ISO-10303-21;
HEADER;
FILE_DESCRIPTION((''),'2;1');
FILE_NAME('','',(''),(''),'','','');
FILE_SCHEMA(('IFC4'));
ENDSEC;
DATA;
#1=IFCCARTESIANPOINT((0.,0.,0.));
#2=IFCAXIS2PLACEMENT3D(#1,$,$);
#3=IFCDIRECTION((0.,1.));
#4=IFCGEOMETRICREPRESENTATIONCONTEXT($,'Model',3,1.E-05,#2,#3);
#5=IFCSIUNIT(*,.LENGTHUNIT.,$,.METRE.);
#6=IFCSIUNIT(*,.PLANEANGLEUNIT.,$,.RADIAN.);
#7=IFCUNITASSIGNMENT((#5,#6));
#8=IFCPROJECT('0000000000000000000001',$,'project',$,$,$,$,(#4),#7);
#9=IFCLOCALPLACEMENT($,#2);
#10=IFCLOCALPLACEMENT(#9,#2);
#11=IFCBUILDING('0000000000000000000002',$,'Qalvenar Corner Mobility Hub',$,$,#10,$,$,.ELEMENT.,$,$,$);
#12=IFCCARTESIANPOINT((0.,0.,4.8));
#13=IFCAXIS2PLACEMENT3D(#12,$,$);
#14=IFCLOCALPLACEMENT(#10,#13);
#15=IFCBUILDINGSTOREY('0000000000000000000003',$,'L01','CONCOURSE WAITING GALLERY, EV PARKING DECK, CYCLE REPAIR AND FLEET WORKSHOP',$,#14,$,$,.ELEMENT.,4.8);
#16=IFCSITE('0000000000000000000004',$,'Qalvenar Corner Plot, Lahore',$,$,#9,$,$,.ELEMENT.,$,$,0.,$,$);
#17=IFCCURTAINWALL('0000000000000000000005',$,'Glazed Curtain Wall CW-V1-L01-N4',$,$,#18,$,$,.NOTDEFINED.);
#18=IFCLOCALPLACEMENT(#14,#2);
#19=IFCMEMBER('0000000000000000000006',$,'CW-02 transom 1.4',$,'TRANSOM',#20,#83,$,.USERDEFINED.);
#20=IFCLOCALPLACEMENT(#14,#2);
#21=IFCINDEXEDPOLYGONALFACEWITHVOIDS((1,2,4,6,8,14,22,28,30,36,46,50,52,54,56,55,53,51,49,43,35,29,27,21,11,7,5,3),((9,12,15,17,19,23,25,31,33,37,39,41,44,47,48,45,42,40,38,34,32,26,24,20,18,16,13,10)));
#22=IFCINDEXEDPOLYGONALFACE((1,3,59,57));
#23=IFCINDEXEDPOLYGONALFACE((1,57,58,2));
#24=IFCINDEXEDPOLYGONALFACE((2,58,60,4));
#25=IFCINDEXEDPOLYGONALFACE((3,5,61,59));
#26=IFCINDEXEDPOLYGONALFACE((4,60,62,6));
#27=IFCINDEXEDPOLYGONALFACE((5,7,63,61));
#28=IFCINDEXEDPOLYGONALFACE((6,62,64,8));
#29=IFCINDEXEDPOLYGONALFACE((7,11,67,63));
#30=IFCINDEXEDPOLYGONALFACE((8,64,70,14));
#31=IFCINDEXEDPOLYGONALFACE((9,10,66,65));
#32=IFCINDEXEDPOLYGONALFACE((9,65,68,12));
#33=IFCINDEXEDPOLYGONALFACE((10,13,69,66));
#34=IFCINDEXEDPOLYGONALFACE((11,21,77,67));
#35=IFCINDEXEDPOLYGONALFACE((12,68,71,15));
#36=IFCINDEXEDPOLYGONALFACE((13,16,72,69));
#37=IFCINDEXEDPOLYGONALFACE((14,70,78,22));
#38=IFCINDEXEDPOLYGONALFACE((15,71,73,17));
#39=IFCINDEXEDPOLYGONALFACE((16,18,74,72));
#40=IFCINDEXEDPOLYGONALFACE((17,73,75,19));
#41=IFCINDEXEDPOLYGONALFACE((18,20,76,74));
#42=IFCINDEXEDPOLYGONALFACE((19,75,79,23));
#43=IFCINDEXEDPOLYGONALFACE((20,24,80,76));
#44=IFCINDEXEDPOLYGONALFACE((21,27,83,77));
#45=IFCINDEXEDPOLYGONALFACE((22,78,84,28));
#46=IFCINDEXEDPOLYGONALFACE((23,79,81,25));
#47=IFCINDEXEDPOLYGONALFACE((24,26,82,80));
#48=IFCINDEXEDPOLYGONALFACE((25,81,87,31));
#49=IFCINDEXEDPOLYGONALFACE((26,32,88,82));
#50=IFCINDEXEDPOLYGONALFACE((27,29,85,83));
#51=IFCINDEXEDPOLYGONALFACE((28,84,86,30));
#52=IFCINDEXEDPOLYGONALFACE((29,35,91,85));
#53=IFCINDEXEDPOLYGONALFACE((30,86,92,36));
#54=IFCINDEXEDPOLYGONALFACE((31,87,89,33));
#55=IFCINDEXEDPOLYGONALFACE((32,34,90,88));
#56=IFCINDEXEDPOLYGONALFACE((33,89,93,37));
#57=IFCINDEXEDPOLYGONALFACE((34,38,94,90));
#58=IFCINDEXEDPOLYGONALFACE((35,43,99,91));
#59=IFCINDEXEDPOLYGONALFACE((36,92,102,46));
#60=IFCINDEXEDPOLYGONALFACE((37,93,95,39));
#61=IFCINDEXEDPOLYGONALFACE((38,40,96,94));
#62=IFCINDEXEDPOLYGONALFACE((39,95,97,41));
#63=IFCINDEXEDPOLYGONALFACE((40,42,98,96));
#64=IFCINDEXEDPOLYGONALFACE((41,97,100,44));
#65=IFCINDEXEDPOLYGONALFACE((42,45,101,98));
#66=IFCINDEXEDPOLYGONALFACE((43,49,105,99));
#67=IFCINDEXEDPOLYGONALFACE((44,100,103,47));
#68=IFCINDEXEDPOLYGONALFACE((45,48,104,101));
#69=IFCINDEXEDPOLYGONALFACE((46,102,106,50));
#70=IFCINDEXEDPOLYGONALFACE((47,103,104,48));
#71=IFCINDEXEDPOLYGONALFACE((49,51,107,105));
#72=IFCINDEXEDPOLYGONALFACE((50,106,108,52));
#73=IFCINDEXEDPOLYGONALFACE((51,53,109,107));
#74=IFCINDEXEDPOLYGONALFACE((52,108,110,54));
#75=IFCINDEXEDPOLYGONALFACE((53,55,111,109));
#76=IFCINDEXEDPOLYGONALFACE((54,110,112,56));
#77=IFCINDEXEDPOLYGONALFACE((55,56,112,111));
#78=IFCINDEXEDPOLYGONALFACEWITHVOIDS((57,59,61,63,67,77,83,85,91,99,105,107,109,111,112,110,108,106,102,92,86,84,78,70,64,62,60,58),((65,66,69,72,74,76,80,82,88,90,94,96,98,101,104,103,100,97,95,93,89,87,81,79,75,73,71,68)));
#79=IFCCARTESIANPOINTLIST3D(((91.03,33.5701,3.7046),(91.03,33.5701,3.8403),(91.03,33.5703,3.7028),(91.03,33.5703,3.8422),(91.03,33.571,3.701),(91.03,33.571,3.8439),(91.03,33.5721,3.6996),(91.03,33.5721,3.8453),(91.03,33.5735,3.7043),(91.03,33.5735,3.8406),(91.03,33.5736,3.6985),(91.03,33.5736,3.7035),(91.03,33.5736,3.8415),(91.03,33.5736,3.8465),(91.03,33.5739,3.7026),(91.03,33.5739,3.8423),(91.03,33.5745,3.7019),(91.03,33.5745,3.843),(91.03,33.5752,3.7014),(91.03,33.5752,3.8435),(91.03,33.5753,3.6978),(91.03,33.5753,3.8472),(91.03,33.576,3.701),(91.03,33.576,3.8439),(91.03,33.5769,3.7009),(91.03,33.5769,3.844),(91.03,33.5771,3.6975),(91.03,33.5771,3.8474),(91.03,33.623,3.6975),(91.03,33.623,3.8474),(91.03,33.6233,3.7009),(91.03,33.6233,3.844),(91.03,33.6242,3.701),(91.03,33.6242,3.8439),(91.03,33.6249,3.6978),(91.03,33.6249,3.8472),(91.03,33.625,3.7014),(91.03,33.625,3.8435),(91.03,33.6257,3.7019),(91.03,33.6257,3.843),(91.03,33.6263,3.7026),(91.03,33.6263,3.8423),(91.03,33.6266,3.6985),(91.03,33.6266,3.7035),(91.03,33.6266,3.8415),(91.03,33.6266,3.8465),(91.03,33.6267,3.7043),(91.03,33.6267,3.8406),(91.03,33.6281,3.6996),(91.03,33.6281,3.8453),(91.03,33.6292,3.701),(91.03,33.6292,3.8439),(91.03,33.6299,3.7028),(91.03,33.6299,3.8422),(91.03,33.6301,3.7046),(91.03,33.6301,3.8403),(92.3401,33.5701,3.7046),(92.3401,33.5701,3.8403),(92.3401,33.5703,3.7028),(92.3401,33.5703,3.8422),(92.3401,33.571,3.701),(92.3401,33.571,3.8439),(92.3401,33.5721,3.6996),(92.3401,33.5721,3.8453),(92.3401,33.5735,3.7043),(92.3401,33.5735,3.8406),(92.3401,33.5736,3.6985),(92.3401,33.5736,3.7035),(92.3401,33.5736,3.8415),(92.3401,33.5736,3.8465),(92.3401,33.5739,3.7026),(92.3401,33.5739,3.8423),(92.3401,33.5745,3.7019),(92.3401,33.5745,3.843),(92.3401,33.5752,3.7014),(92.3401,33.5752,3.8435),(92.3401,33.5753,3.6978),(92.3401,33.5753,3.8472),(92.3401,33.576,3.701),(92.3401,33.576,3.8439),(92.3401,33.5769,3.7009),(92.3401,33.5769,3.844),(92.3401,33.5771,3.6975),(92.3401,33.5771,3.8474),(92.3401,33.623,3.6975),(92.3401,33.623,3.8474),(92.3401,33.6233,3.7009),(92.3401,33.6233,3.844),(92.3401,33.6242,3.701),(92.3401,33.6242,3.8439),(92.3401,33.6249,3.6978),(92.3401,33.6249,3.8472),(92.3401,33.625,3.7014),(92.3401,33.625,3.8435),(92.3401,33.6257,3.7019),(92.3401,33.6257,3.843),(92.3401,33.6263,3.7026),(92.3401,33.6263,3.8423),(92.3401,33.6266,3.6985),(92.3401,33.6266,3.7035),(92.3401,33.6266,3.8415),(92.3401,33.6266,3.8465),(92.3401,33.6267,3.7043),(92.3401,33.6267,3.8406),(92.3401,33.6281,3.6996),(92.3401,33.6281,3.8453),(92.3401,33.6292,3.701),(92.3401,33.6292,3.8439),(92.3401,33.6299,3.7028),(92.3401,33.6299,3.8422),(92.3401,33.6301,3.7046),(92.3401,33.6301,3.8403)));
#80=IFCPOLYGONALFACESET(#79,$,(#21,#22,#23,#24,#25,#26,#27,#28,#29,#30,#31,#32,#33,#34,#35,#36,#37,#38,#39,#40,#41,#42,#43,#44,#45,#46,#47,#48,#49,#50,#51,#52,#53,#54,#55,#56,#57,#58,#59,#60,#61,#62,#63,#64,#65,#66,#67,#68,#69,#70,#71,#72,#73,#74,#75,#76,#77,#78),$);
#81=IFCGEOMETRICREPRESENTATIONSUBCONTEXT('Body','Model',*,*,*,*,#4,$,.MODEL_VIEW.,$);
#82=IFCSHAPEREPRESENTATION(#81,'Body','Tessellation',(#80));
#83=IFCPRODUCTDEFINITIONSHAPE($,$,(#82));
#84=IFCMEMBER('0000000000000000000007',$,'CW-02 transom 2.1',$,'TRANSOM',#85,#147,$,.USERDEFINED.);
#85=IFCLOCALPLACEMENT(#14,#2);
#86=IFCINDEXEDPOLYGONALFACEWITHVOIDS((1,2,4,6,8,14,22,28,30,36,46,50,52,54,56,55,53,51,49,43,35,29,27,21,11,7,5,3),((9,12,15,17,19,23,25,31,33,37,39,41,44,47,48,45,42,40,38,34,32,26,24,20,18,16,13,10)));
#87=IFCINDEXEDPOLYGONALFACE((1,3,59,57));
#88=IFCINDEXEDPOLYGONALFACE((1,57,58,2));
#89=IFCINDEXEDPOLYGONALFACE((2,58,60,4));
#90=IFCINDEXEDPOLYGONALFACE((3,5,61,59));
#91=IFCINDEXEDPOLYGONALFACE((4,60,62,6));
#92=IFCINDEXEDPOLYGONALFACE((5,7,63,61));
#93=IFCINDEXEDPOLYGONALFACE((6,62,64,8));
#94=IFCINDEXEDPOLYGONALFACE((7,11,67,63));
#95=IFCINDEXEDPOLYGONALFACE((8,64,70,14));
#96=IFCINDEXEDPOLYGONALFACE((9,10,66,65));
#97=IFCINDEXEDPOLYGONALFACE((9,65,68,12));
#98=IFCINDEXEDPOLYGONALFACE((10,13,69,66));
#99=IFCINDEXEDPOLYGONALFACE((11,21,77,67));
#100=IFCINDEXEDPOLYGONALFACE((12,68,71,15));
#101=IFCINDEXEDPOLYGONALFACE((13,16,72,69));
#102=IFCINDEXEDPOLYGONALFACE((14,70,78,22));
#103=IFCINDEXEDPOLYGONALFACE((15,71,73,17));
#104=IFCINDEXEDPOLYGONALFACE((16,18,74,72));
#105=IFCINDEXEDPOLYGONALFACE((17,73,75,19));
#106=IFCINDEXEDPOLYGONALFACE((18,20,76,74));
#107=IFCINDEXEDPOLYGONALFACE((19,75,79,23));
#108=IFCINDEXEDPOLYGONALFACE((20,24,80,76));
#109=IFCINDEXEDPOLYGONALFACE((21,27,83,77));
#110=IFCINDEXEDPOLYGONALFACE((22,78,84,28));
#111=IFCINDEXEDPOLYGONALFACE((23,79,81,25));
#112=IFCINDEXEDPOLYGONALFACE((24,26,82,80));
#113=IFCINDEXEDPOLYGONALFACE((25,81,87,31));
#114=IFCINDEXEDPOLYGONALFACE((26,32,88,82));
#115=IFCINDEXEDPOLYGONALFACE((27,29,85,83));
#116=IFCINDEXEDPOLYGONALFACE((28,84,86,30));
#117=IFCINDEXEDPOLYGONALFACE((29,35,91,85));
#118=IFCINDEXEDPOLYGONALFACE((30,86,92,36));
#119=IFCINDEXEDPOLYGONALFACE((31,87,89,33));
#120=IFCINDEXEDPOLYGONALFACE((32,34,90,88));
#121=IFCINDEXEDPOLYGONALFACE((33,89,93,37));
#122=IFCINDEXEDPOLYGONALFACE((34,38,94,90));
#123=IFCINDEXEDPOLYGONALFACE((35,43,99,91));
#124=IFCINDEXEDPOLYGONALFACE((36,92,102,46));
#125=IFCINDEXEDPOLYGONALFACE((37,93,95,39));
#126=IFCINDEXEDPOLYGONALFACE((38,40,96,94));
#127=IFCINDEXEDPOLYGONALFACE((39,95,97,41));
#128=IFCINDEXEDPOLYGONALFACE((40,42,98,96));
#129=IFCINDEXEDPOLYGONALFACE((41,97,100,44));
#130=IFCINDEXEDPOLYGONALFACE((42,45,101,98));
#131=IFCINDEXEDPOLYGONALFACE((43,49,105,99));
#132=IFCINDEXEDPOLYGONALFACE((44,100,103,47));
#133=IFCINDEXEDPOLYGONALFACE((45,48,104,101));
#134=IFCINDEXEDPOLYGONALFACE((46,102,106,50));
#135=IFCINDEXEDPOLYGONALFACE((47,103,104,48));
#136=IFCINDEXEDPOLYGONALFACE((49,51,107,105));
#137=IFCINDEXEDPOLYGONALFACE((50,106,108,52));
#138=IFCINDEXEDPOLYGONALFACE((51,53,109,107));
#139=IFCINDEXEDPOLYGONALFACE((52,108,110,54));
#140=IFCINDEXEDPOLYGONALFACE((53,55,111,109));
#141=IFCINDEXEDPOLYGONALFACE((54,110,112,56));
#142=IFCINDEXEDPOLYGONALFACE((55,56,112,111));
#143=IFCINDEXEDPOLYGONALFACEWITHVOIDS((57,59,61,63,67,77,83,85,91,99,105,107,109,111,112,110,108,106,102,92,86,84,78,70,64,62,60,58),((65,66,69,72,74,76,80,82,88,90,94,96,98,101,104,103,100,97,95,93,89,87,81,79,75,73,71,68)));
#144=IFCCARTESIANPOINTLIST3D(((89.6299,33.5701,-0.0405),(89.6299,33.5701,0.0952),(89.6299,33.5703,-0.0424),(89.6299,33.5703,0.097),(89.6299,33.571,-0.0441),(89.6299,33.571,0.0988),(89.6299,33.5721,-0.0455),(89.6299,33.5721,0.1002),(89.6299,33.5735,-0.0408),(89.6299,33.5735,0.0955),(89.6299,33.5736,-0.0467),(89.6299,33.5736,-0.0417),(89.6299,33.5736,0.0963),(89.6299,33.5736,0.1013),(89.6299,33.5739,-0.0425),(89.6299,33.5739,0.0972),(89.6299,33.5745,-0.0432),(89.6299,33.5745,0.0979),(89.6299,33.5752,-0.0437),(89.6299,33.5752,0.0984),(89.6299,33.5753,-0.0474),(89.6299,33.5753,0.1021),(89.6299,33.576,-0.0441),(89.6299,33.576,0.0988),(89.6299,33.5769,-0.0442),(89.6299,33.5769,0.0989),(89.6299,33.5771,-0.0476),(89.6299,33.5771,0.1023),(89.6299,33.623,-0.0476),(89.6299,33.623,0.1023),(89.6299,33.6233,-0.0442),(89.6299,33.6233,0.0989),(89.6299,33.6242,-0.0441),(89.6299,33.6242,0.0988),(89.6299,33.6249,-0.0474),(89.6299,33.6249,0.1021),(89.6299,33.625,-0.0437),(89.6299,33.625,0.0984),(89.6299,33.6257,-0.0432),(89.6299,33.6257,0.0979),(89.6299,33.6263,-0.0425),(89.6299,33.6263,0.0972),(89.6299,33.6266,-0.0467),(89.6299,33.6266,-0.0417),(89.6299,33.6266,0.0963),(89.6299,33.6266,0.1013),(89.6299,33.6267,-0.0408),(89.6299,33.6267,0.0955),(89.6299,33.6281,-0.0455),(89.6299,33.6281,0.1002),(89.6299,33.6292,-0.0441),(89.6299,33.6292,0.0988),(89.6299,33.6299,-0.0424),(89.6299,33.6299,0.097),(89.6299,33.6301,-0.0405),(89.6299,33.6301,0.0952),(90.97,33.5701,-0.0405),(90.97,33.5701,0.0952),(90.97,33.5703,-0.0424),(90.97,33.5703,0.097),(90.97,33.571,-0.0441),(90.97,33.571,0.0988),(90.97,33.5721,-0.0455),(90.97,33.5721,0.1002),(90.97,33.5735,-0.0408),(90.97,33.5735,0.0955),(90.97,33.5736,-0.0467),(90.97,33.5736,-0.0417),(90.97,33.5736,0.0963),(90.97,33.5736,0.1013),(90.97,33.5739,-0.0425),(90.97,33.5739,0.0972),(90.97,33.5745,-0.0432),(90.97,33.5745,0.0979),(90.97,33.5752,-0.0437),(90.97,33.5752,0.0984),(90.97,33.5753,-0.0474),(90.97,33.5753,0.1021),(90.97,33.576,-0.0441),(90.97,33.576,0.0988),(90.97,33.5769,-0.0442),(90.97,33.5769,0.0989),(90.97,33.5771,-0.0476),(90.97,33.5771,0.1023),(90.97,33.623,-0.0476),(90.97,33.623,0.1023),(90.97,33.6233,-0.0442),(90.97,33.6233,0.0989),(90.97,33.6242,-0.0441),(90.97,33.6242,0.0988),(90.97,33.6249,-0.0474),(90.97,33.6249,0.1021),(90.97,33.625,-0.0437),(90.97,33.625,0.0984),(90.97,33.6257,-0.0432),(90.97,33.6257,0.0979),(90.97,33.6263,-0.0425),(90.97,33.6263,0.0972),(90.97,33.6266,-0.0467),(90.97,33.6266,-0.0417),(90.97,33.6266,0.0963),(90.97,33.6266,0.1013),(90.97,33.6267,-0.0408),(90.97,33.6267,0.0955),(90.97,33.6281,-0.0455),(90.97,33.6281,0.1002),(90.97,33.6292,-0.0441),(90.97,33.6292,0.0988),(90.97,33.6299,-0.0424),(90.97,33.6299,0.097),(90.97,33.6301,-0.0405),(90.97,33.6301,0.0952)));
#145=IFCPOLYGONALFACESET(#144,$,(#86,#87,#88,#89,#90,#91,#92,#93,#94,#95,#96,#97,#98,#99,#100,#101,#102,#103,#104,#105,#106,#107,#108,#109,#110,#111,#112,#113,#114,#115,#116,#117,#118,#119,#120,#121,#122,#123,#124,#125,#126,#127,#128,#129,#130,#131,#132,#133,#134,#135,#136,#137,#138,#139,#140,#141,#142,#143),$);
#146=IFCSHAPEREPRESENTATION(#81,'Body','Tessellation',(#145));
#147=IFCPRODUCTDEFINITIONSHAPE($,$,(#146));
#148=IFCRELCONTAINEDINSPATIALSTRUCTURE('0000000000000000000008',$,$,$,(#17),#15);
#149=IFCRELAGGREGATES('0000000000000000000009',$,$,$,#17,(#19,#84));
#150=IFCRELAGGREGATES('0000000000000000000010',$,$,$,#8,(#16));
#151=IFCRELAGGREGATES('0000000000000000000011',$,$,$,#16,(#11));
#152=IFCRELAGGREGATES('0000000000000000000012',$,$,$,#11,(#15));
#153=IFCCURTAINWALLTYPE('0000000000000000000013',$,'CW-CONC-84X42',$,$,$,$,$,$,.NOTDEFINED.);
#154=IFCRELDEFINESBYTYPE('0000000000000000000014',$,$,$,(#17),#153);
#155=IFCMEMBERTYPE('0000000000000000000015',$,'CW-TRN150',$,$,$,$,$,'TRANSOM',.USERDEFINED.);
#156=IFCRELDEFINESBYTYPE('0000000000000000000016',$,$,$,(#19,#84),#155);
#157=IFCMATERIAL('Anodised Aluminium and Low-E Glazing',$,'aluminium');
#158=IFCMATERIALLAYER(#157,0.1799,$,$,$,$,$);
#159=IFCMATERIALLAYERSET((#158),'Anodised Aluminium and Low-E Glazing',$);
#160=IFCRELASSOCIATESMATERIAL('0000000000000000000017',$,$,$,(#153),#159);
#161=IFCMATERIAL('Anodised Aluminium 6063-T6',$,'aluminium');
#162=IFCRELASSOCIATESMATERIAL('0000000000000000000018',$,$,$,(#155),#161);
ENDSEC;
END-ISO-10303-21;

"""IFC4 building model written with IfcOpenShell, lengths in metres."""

from ifc_helpers import new_model, si_unit, direction, frame, origin, origin_2d, place, context, subcontext, project, spatial, hollow_rectangle, extrude, material, layer, layer_set, material_profile, profile_set, type_object, element, aggregate, save


model = new_model("IFC4")

# Units and contexts
model_context = context("Model", 3, precision=1e-05, world=origin(), true_north=direction((0.0, 1.0)))
body_context = subcontext(model_context, "Body", "Model", "MODEL_VIEW")
ifc_project = project(units=[si_unit("LENGTHUNIT", "METRE"), si_unit("PLANEANGLEUNIT", "RADIAN")], contexts=[model_context])

# Site, building, storey
site_placement = place(None, origin())
site = spatial("IfcSite", under=ifc_project, at=site_placement, Name="Qalvenar Corner Plot, Lahore", CompositionType="ELEMENT", RefElevation=0.0)
building_placement = place(site_placement, origin())
building = spatial("IfcBuilding", under=site, at=building_placement, Name="Qalvenar Corner Mobility Hub", CompositionType="ELEMENT")
storey_placement = place(building_placement, frame((0.0, 0.0, 4.8)))
storey = spatial("IfcBuildingStorey", under=building, at=storey_placement, Name="L01", Description="CONCOURSE WAITING GALLERY, EV PARKING DECK, CYCLE REPAIR AND FLEET WORKSHOP", CompositionType="ELEMENT", Elevation=4.8)

# Curtain wall, members
ifc_material_1 = material(Name="Anodised Aluminium and Low-E Glazing", Category="aluminium")
ifc_layer_1 = layer(ifc_material_1, 0.1799)
ifc_layer_set_1 = layer_set([ifc_layer_1], Name="Anodised Aluminium and Low-E Glazing")
curtain_wall_type = type_object("IfcCurtainWallType", Name="CW-CONC-84X42", PredefinedType="NOTDEFINED", material=ifc_layer_set_1)
curtain_wall_placement = place(storey_placement, origin())
curtain_wall = element("IfcCurtainWall", 1, at=curtain_wall_placement, inside=storey, type_object=curtain_wall_type, Name="Glazed Curtain Wall CW-V1-L01-N4", PredefinedType="NOTDEFINED")
ifc_material_2 = material(Name="Anodised Aluminium 6063-T6", Category="aluminium")
ifc_material_profile_1 = material_profile(ifc_material_2, hollow_rectangle(XDim=0.0601, YDim=0.1499, WallThickness=0.0034, InnerFilletRadius=0.0034, OuterFilletRadius=0.0071, at=origin_2d()), Name="RHS150x60x3.5")
ifc_profile_set_1 = profile_set([ifc_material_profile_1], Name="Anodised Aluminium 6063-T6")
member_type_1 = type_object("IfcMemberType", Name="CW-TRN150", ElementType="TRANSOM", PredefinedType="USERDEFINED", material=ifc_profile_set_1)
member_1_placement = place(storey_placement, frame((92.3401, 33.6001, 3.7725), z_axis=(-1.0, 0.0, 0.0), x_axis=(0.0, -1.0, 0.0)))
member_1 = element("IfcMember", 2, at=member_1_placement, type_object=member_type_1, Name="CW-02 transom 1.4", ObjectType="TRANSOM", PredefinedType="USERDEFINED", context=body_context, shape_type="SweptSolid", body=[
    extrude(hollow_rectangle(XDim=0.0601, YDim=0.1499, WallThickness=0.0034, InnerFilletRadius=0.0034, OuterFilletRadius=0.0071, at=origin_2d()), origin(), (0.0, 0.0, 1.0), 1.3101),
])
member_2_placement = place(storey_placement, frame((90.97, 33.6001, 0.0273), z_axis=(-1.0, 0.0, 0.0), x_axis=(0.0, -1.0, 0.0)))
member_2 = element("IfcMember", 3, at=member_2_placement, type_object=member_type_1, Name="CW-02 transom 2.1", ObjectType="TRANSOM", PredefinedType="USERDEFINED", context=body_context, shape_type="SweptSolid", body=[
    extrude(hollow_rectangle(XDim=0.0601, YDim=0.1499, WallThickness=0.0034, InnerFilletRadius=0.0034, OuterFilletRadius=0.0071, at=origin_2d()), origin(), (0.0, 0.0, 1.0), 1.3401),
])
aggregate(curtain_wall, [member_1, member_2])

save(model, "model.ifc")
